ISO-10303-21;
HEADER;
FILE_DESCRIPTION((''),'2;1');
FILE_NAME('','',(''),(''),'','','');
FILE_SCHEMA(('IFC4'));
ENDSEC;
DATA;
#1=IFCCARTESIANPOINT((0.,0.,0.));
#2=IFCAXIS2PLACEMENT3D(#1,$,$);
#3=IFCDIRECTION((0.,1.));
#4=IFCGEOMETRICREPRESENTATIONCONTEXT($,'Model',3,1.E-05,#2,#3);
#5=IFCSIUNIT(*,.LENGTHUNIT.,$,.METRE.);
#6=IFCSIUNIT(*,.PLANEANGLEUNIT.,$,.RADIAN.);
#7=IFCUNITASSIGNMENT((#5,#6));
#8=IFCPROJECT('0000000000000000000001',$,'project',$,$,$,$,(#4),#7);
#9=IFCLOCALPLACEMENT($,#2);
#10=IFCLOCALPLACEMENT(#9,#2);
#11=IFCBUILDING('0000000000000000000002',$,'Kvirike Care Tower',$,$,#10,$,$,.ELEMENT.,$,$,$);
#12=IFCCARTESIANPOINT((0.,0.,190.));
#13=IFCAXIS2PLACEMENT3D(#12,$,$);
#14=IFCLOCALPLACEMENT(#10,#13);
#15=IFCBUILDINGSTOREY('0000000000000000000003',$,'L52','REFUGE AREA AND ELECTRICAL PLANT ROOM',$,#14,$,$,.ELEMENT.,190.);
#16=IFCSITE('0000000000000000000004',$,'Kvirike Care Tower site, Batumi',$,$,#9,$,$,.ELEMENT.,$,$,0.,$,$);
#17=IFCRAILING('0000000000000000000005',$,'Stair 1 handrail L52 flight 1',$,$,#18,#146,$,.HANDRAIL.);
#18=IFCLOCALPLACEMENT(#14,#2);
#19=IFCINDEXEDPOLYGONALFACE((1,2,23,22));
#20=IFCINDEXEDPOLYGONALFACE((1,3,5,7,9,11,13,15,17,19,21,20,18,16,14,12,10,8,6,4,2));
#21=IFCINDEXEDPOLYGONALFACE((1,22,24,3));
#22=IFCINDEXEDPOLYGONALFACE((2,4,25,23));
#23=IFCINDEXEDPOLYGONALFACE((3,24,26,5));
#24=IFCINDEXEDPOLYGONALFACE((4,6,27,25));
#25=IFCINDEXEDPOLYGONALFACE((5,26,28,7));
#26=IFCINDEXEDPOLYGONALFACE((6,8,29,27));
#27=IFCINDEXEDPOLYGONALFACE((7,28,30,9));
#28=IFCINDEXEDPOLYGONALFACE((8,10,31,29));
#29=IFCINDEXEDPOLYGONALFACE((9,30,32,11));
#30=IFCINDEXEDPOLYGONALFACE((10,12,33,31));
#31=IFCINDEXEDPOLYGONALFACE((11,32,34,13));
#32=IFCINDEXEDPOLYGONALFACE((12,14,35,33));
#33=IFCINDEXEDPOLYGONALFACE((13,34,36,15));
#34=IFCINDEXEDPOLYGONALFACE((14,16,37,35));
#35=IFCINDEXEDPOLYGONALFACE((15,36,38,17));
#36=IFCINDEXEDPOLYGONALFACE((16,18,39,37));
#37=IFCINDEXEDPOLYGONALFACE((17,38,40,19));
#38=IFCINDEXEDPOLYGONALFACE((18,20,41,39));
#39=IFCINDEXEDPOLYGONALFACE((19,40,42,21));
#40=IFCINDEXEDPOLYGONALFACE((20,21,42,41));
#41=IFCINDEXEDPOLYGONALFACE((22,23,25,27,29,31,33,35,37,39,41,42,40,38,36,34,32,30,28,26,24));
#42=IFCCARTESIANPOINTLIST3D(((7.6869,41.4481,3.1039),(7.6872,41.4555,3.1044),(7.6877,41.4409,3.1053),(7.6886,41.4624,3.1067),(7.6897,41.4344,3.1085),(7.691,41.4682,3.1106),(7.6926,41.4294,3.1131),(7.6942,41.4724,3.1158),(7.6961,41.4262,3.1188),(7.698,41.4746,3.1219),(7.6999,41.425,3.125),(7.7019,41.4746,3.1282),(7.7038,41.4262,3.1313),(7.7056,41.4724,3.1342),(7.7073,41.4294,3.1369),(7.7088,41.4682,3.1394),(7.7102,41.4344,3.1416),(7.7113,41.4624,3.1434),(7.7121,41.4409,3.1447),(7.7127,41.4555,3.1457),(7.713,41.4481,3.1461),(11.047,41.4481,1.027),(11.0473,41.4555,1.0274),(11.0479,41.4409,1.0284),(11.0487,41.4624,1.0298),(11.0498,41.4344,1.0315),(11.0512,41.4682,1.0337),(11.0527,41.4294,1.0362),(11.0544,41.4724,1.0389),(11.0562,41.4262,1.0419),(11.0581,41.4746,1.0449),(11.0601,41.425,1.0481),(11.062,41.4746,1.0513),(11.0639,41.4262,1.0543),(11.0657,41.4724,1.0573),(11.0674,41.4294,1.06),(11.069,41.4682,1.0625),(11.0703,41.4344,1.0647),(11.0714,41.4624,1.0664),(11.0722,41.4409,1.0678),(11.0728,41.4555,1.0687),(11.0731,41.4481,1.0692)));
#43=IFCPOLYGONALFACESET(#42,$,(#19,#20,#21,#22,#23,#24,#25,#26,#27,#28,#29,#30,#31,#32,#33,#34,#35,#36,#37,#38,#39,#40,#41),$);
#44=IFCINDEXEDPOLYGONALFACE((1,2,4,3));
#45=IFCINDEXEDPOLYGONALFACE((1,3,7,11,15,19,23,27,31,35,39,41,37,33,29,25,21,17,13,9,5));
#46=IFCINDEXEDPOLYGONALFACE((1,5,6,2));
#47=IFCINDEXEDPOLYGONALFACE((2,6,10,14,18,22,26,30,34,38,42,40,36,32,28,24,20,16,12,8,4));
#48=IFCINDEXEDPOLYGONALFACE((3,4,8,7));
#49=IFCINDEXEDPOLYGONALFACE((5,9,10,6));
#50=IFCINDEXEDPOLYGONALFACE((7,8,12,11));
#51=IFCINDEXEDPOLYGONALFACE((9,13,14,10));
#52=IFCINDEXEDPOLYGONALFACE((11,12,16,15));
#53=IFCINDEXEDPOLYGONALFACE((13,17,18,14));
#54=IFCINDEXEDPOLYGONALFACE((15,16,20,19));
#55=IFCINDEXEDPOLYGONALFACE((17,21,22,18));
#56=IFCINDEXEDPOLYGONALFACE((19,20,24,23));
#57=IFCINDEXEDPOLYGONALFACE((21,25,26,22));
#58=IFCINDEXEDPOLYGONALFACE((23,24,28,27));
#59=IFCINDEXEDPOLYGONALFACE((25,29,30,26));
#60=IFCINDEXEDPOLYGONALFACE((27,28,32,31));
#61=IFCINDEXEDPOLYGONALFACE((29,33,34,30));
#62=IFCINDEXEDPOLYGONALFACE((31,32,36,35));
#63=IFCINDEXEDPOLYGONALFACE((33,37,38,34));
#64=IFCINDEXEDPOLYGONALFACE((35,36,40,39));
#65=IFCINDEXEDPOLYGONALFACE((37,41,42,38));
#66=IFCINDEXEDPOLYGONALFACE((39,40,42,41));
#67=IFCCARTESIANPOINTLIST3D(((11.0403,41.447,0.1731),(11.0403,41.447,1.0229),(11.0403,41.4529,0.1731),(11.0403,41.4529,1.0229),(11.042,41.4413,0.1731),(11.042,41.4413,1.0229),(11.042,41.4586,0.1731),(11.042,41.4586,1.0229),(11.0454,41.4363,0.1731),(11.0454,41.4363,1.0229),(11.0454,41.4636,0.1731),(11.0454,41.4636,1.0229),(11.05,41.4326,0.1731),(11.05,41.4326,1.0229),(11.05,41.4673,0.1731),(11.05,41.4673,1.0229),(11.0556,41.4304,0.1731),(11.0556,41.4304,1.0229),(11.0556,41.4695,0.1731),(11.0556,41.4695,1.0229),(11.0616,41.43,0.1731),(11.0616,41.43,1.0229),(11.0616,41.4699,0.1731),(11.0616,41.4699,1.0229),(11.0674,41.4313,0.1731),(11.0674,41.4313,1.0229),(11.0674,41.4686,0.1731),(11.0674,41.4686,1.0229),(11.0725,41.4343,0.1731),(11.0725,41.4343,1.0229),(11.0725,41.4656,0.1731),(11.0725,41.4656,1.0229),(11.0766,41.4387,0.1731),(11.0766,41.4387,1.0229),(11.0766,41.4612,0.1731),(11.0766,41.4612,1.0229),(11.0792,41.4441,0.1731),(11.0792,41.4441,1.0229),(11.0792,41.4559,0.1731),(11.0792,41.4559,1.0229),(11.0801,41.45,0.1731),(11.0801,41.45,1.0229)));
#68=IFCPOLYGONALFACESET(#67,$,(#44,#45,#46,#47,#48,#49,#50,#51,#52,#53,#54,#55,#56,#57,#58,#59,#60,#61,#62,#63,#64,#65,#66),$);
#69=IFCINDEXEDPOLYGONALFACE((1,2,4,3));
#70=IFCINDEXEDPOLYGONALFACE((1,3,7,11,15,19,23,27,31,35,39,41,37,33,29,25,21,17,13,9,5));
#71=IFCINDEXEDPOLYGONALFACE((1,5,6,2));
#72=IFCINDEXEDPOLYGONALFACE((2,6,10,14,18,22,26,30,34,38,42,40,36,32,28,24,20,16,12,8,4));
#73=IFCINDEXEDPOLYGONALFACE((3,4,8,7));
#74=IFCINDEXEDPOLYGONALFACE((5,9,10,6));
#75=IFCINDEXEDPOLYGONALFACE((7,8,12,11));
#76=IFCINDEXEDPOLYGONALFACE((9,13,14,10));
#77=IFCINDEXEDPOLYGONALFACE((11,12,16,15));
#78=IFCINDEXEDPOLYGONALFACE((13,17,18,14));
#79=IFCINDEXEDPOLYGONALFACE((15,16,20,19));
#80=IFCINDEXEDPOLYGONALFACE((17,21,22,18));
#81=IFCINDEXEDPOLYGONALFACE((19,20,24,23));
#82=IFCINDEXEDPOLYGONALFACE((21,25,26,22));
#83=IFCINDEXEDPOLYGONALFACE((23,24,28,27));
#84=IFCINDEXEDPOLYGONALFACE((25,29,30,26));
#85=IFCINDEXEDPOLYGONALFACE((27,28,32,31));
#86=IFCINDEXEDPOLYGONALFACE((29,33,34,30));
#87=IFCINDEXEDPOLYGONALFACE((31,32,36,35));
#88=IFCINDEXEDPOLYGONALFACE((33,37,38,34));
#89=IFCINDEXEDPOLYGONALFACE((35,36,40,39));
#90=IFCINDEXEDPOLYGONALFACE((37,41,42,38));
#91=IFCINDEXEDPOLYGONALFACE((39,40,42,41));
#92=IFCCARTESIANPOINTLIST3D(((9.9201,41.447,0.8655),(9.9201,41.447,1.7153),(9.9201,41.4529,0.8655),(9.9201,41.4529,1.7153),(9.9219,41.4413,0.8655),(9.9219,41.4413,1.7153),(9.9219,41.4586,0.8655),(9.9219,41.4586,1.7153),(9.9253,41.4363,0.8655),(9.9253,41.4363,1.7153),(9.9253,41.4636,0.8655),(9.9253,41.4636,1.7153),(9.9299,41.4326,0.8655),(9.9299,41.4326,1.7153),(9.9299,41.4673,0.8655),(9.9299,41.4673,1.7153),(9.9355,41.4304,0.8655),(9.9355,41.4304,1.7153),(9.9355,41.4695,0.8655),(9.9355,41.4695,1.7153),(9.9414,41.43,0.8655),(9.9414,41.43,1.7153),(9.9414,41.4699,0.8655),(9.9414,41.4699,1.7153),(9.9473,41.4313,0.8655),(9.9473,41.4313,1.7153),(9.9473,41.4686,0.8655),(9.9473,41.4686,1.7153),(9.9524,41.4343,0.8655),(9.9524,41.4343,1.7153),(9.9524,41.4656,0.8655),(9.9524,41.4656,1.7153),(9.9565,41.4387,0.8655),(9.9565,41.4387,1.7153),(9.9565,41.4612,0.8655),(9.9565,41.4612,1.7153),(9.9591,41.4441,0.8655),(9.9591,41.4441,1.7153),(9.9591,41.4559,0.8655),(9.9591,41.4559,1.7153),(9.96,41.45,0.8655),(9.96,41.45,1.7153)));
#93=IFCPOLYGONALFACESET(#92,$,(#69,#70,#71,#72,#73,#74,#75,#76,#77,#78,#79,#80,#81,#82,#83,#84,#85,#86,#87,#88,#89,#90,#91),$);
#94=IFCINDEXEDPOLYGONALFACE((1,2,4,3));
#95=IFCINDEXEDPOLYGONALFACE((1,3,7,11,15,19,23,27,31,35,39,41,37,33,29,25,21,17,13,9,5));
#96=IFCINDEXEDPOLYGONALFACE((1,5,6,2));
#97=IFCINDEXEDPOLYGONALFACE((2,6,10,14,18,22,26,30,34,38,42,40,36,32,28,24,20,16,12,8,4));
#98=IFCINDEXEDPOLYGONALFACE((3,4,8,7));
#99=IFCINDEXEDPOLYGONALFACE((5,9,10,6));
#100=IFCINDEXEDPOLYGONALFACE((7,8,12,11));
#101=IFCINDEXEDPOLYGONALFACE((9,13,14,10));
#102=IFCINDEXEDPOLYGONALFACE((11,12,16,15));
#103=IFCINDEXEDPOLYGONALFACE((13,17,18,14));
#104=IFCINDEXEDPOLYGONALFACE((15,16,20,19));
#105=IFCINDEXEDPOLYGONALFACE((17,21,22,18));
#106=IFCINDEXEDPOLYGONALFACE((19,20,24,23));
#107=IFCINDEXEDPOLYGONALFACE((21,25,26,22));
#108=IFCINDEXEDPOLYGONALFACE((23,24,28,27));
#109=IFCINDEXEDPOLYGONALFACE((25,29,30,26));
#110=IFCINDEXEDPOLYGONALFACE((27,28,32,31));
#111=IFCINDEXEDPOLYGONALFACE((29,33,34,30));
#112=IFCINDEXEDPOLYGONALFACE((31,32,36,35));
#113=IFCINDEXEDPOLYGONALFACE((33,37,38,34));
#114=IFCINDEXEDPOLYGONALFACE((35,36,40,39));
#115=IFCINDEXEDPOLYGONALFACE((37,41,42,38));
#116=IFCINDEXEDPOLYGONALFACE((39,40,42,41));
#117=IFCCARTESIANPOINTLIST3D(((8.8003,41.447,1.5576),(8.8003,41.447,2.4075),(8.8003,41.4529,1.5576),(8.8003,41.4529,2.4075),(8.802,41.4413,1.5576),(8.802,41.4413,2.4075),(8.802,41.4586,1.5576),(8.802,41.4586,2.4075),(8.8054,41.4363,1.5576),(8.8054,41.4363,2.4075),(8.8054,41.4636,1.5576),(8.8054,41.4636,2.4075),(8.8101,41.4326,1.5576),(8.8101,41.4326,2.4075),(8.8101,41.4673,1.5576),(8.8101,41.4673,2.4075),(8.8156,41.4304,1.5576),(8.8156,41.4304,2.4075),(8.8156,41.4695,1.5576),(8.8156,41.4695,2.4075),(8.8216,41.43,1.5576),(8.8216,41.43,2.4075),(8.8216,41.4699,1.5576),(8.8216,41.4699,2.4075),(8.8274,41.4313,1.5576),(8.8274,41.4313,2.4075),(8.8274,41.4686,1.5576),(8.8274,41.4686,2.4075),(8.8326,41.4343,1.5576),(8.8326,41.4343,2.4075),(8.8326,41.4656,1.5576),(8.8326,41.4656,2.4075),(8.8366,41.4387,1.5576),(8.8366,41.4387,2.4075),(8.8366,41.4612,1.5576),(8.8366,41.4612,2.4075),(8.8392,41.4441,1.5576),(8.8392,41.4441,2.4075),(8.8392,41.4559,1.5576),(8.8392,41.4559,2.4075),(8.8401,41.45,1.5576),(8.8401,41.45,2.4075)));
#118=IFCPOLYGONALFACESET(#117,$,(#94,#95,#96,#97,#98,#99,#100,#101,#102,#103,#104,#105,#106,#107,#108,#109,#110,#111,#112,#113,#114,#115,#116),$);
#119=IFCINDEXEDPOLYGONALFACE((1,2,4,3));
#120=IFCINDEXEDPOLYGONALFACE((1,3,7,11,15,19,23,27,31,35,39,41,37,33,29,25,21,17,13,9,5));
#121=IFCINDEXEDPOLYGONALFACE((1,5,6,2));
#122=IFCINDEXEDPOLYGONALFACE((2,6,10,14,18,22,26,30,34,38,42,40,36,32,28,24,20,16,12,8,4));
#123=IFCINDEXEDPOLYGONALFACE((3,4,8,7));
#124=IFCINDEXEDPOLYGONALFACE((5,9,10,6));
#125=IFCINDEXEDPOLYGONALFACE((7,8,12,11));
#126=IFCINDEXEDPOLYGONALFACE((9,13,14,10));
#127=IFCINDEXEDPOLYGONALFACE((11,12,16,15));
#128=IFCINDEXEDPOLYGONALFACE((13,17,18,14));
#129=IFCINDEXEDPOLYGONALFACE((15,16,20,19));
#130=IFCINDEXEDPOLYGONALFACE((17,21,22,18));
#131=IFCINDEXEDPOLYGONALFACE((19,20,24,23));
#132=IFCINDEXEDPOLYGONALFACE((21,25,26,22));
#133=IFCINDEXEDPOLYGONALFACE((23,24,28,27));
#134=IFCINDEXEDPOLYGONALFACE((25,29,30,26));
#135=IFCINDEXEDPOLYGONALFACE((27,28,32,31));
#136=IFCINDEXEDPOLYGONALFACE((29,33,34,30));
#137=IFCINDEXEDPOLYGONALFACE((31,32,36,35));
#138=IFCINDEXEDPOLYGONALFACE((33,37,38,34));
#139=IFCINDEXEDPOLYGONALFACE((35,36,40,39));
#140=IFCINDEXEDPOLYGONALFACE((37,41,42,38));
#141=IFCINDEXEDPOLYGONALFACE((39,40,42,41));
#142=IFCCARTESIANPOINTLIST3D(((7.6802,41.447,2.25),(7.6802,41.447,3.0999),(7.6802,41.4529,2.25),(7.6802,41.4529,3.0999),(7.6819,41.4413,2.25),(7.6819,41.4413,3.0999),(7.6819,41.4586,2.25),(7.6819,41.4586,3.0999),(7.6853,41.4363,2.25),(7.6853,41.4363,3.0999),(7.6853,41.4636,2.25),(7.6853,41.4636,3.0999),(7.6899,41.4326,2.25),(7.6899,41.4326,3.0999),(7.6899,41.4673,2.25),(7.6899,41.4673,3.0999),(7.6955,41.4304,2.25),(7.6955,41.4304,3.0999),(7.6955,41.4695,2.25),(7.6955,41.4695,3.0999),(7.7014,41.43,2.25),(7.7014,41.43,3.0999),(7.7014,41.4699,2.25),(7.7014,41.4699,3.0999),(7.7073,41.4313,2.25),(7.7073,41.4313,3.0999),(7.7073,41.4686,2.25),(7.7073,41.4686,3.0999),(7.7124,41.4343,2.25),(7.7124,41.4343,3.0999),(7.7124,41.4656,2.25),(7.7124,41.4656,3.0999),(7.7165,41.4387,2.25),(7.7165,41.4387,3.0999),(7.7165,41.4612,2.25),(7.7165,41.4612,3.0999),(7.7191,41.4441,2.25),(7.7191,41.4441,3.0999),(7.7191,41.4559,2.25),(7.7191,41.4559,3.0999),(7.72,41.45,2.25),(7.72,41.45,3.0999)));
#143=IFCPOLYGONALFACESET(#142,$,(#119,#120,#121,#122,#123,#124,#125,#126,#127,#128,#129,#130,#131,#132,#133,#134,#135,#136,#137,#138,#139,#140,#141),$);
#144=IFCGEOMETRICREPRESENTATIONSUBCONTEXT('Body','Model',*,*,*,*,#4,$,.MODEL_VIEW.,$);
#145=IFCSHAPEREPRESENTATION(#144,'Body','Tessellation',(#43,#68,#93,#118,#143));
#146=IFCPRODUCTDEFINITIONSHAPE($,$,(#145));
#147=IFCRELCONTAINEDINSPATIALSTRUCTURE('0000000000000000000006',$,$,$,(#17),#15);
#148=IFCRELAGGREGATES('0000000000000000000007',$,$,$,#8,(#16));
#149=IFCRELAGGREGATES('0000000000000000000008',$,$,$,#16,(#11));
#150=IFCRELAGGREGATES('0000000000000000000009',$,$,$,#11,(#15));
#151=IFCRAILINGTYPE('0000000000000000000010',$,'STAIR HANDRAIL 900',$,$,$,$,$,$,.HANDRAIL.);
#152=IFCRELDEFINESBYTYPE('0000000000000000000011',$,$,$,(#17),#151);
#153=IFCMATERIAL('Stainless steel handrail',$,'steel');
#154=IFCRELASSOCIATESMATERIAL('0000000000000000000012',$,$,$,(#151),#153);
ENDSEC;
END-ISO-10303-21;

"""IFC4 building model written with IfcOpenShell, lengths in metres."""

from ifc_helpers import new_model, si_unit, direction, frame, origin, origin_2d, place, context, subcontext, project, spatial, circle, extrude, material, type_object, element, save


model = new_model("IFC4")

# Units and contexts
model_context = context("Model", 3, precision=1e-05, world=origin(), true_north=direction((0.0, 1.0)))
body_context = subcontext(model_context, "Body", "Model", "MODEL_VIEW")
ifc_project = project(units=[si_unit("LENGTHUNIT", "METRE"), si_unit("PLANEANGLEUNIT", "RADIAN")], contexts=[model_context])

# Site, building, storey
site_placement = place(None, origin())
site = spatial("IfcSite", under=ifc_project, at=site_placement, Name="Kvirike Care Tower site, Batumi", CompositionType="ELEMENT", RefElevation=0.0)
building_placement = place(site_placement, origin())
building = spatial("IfcBuilding", under=site, at=building_placement, Name="Kvirike Care Tower", CompositionType="ELEMENT")
storey_placement = place(building_placement, frame((0.0, 0.0, 190.0)))
storey = spatial("IfcBuildingStorey", under=building, at=storey_placement, Name="L52", Description="REFUGE AREA AND ELECTRICAL PLANT ROOM", CompositionType="ELEMENT", Elevation=190.0)

# Railing
ifc_material_1 = material(Name="Stainless steel handrail", Category="steel")
railing_type = type_object("IfcRailingType", Name="STAIR HANDRAIL 900", PredefinedType="HANDRAIL", material=ifc_material_1)
railing_1_placement = place(storey_placement, frame((11.0601, 41.45, 0.1731)))
element("IfcRailing", 1, at=railing_1_placement, inside=storey, type_object=railing_type, Name="Stair 1 handrail L52 flight 1", PredefinedType="HANDRAIL", context=body_context, shape_type="SweptSolid", body=[
    extrude(circle(Radius=0.0249, at=origin_2d()), frame((0.0, 0.0, 0.875), z_axis=(-0.850623, 0.0, 0.525776), x_axis=(0.0, -1.0, 0.0)), (0.0, 0.0, 1.0), 3.9502),
    extrude(circle(Radius=0.02, at=origin_2d()), origin(), (0.0, 0.0, 1.0), 0.8499),
    extrude(circle(Radius=0.02, at=origin_2d()), frame((-1.1201, 0.0, 0.6924)), (0.0, 0.0, 1.0), 0.8499),
    extrude(circle(Radius=0.02, at=origin_2d()), frame((-2.24, 0.0, 1.3845)), (0.0, 0.0, 1.0), 0.8499),
    extrude(circle(Radius=0.02, at=origin_2d()), frame((-3.3601, 0.0, 2.0769)), (0.0, 0.0, 1.0), 0.8499),
])

save(model, "model.ifc")
